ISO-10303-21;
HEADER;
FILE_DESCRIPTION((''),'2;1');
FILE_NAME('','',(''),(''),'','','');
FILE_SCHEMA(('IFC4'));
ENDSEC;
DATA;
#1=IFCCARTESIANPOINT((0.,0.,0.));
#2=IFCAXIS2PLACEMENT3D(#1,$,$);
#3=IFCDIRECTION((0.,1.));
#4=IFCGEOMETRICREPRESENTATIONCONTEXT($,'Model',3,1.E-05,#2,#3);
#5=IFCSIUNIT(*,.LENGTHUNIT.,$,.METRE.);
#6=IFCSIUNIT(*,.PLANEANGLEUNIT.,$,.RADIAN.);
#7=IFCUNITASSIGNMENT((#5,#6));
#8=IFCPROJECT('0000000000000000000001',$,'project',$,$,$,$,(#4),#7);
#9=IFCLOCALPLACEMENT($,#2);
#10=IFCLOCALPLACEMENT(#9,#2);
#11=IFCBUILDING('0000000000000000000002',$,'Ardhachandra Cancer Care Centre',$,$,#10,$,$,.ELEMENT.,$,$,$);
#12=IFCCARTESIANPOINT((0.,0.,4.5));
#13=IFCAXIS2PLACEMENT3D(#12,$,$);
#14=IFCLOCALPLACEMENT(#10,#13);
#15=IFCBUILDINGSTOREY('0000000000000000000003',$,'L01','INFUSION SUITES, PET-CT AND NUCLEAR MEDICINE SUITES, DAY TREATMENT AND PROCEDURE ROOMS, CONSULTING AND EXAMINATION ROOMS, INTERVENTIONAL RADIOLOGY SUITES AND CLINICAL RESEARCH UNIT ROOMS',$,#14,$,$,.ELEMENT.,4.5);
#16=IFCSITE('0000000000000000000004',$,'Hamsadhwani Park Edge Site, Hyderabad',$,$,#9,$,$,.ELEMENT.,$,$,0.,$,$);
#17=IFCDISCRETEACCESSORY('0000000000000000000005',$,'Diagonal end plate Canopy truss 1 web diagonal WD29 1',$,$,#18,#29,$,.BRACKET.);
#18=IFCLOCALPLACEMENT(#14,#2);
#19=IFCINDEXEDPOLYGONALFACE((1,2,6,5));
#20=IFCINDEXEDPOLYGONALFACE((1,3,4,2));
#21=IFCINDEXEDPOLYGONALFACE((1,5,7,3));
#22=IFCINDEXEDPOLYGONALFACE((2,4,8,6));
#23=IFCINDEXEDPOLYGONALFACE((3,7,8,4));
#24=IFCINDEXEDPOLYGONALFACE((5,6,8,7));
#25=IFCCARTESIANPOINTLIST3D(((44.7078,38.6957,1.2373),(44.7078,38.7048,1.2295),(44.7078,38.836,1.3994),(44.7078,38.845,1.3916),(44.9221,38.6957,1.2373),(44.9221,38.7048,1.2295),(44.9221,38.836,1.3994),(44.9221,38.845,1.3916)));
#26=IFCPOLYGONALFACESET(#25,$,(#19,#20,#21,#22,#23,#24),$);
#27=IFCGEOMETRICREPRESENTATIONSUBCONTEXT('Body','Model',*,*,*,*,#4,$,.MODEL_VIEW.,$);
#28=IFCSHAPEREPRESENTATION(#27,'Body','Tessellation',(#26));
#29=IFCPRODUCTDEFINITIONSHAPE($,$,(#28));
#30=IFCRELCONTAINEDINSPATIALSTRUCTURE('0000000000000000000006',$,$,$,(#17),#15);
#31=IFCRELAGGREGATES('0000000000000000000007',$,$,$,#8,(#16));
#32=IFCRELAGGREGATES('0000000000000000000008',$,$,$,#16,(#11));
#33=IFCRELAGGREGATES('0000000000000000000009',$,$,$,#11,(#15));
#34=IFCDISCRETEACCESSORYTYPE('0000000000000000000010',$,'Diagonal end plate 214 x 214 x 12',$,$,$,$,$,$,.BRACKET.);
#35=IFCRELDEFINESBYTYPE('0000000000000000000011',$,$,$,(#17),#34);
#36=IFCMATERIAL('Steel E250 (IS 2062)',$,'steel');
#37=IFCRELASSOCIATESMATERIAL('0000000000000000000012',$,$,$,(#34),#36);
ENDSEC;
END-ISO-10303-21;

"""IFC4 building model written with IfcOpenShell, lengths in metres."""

from ifc_helpers import new_model, si_unit, direction, frame, origin, origin_2d, place, context, subcontext, project, spatial, rectangle, extrude, material, material_profile, profile_set, type_object, element, save


model = new_model("IFC4")

# Units and contexts
model_context = context("Model", 3, precision=1e-05, world=origin(), true_north=direction((0.0, 1.0)))
body_context = subcontext(model_context, "Body", "Model", "MODEL_VIEW")
ifc_project = project(units=[si_unit("LENGTHUNIT", "METRE"), si_unit("PLANEANGLEUNIT", "RADIAN")], contexts=[model_context])

# Site, building, storey
site_placement = place(None, origin())
site = spatial("IfcSite", under=ifc_project, at=site_placement, Name="Hamsadhwani Park Edge Site, Hyderabad", CompositionType="ELEMENT", RefElevation=0.0)
building_placement = place(site_placement, origin())
building = spatial("IfcBuilding", under=site, at=building_placement, Name="Ardhachandra Cancer Care Centre", CompositionType="ELEMENT")
storey_placement = place(building_placement, frame((0.0, 0.0, 4.5)))
storey = spatial("IfcBuildingStorey", under=building, at=storey_placement, Name="L01", Description="INFUSION SUITES, PET-CT AND NUCLEAR MEDICINE SUITES, DAY TREATMENT AND PROCEDURE ROOMS, CONSULTING AND EXAMINATION ROOMS, INTERVENTIONAL RADIOLOGY SUITES AND CLINICAL RESEARCH UNIT ROOMS", CompositionType="ELEMENT", Elevation=4.5)

# Discrete accessory
ifc_material_1 = material(Name="Steel E250 (IS 2062)", Category="steel")
ifc_material_profile_1 = material_profile(ifc_material_1, rectangle(XDim=0.2144, YDim=0.2144, at=origin_2d()), Name="PL 214x214x12")
ifc_profile_set_1 = profile_set([ifc_material_profile_1], Name="Steel E250 (IS 2062)")
discrete_accessory_type = type_object("IfcDiscreteAccessoryType", Name="Diagonal end plate 214 x 214 x 12", PredefinedType="BRACKET", material=ifc_profile_set_1)
discrete_accessory_1_placement = place(storey_placement, frame((44.8149, 38.7749, 1.3105), z_axis=(0.0, -0.756363, 0.654152), x_axis=(1.0, 0.0, 0.0)))
element("IfcDiscreteAccessory", 1, at=discrete_accessory_1_placement, inside=storey, type_object=discrete_accessory_type, Name="Diagonal end plate Canopy truss 1 web diagonal WD29 1", PredefinedType="BRACKET", context=body_context, shape_type="SweptSolid", body=[
    extrude(rectangle(XDim=0.2144, YDim=0.2144, at=origin_2d()), origin(), (0.0, 0.0, 1.0), 0.012),
])

save(model, "model.ifc")
